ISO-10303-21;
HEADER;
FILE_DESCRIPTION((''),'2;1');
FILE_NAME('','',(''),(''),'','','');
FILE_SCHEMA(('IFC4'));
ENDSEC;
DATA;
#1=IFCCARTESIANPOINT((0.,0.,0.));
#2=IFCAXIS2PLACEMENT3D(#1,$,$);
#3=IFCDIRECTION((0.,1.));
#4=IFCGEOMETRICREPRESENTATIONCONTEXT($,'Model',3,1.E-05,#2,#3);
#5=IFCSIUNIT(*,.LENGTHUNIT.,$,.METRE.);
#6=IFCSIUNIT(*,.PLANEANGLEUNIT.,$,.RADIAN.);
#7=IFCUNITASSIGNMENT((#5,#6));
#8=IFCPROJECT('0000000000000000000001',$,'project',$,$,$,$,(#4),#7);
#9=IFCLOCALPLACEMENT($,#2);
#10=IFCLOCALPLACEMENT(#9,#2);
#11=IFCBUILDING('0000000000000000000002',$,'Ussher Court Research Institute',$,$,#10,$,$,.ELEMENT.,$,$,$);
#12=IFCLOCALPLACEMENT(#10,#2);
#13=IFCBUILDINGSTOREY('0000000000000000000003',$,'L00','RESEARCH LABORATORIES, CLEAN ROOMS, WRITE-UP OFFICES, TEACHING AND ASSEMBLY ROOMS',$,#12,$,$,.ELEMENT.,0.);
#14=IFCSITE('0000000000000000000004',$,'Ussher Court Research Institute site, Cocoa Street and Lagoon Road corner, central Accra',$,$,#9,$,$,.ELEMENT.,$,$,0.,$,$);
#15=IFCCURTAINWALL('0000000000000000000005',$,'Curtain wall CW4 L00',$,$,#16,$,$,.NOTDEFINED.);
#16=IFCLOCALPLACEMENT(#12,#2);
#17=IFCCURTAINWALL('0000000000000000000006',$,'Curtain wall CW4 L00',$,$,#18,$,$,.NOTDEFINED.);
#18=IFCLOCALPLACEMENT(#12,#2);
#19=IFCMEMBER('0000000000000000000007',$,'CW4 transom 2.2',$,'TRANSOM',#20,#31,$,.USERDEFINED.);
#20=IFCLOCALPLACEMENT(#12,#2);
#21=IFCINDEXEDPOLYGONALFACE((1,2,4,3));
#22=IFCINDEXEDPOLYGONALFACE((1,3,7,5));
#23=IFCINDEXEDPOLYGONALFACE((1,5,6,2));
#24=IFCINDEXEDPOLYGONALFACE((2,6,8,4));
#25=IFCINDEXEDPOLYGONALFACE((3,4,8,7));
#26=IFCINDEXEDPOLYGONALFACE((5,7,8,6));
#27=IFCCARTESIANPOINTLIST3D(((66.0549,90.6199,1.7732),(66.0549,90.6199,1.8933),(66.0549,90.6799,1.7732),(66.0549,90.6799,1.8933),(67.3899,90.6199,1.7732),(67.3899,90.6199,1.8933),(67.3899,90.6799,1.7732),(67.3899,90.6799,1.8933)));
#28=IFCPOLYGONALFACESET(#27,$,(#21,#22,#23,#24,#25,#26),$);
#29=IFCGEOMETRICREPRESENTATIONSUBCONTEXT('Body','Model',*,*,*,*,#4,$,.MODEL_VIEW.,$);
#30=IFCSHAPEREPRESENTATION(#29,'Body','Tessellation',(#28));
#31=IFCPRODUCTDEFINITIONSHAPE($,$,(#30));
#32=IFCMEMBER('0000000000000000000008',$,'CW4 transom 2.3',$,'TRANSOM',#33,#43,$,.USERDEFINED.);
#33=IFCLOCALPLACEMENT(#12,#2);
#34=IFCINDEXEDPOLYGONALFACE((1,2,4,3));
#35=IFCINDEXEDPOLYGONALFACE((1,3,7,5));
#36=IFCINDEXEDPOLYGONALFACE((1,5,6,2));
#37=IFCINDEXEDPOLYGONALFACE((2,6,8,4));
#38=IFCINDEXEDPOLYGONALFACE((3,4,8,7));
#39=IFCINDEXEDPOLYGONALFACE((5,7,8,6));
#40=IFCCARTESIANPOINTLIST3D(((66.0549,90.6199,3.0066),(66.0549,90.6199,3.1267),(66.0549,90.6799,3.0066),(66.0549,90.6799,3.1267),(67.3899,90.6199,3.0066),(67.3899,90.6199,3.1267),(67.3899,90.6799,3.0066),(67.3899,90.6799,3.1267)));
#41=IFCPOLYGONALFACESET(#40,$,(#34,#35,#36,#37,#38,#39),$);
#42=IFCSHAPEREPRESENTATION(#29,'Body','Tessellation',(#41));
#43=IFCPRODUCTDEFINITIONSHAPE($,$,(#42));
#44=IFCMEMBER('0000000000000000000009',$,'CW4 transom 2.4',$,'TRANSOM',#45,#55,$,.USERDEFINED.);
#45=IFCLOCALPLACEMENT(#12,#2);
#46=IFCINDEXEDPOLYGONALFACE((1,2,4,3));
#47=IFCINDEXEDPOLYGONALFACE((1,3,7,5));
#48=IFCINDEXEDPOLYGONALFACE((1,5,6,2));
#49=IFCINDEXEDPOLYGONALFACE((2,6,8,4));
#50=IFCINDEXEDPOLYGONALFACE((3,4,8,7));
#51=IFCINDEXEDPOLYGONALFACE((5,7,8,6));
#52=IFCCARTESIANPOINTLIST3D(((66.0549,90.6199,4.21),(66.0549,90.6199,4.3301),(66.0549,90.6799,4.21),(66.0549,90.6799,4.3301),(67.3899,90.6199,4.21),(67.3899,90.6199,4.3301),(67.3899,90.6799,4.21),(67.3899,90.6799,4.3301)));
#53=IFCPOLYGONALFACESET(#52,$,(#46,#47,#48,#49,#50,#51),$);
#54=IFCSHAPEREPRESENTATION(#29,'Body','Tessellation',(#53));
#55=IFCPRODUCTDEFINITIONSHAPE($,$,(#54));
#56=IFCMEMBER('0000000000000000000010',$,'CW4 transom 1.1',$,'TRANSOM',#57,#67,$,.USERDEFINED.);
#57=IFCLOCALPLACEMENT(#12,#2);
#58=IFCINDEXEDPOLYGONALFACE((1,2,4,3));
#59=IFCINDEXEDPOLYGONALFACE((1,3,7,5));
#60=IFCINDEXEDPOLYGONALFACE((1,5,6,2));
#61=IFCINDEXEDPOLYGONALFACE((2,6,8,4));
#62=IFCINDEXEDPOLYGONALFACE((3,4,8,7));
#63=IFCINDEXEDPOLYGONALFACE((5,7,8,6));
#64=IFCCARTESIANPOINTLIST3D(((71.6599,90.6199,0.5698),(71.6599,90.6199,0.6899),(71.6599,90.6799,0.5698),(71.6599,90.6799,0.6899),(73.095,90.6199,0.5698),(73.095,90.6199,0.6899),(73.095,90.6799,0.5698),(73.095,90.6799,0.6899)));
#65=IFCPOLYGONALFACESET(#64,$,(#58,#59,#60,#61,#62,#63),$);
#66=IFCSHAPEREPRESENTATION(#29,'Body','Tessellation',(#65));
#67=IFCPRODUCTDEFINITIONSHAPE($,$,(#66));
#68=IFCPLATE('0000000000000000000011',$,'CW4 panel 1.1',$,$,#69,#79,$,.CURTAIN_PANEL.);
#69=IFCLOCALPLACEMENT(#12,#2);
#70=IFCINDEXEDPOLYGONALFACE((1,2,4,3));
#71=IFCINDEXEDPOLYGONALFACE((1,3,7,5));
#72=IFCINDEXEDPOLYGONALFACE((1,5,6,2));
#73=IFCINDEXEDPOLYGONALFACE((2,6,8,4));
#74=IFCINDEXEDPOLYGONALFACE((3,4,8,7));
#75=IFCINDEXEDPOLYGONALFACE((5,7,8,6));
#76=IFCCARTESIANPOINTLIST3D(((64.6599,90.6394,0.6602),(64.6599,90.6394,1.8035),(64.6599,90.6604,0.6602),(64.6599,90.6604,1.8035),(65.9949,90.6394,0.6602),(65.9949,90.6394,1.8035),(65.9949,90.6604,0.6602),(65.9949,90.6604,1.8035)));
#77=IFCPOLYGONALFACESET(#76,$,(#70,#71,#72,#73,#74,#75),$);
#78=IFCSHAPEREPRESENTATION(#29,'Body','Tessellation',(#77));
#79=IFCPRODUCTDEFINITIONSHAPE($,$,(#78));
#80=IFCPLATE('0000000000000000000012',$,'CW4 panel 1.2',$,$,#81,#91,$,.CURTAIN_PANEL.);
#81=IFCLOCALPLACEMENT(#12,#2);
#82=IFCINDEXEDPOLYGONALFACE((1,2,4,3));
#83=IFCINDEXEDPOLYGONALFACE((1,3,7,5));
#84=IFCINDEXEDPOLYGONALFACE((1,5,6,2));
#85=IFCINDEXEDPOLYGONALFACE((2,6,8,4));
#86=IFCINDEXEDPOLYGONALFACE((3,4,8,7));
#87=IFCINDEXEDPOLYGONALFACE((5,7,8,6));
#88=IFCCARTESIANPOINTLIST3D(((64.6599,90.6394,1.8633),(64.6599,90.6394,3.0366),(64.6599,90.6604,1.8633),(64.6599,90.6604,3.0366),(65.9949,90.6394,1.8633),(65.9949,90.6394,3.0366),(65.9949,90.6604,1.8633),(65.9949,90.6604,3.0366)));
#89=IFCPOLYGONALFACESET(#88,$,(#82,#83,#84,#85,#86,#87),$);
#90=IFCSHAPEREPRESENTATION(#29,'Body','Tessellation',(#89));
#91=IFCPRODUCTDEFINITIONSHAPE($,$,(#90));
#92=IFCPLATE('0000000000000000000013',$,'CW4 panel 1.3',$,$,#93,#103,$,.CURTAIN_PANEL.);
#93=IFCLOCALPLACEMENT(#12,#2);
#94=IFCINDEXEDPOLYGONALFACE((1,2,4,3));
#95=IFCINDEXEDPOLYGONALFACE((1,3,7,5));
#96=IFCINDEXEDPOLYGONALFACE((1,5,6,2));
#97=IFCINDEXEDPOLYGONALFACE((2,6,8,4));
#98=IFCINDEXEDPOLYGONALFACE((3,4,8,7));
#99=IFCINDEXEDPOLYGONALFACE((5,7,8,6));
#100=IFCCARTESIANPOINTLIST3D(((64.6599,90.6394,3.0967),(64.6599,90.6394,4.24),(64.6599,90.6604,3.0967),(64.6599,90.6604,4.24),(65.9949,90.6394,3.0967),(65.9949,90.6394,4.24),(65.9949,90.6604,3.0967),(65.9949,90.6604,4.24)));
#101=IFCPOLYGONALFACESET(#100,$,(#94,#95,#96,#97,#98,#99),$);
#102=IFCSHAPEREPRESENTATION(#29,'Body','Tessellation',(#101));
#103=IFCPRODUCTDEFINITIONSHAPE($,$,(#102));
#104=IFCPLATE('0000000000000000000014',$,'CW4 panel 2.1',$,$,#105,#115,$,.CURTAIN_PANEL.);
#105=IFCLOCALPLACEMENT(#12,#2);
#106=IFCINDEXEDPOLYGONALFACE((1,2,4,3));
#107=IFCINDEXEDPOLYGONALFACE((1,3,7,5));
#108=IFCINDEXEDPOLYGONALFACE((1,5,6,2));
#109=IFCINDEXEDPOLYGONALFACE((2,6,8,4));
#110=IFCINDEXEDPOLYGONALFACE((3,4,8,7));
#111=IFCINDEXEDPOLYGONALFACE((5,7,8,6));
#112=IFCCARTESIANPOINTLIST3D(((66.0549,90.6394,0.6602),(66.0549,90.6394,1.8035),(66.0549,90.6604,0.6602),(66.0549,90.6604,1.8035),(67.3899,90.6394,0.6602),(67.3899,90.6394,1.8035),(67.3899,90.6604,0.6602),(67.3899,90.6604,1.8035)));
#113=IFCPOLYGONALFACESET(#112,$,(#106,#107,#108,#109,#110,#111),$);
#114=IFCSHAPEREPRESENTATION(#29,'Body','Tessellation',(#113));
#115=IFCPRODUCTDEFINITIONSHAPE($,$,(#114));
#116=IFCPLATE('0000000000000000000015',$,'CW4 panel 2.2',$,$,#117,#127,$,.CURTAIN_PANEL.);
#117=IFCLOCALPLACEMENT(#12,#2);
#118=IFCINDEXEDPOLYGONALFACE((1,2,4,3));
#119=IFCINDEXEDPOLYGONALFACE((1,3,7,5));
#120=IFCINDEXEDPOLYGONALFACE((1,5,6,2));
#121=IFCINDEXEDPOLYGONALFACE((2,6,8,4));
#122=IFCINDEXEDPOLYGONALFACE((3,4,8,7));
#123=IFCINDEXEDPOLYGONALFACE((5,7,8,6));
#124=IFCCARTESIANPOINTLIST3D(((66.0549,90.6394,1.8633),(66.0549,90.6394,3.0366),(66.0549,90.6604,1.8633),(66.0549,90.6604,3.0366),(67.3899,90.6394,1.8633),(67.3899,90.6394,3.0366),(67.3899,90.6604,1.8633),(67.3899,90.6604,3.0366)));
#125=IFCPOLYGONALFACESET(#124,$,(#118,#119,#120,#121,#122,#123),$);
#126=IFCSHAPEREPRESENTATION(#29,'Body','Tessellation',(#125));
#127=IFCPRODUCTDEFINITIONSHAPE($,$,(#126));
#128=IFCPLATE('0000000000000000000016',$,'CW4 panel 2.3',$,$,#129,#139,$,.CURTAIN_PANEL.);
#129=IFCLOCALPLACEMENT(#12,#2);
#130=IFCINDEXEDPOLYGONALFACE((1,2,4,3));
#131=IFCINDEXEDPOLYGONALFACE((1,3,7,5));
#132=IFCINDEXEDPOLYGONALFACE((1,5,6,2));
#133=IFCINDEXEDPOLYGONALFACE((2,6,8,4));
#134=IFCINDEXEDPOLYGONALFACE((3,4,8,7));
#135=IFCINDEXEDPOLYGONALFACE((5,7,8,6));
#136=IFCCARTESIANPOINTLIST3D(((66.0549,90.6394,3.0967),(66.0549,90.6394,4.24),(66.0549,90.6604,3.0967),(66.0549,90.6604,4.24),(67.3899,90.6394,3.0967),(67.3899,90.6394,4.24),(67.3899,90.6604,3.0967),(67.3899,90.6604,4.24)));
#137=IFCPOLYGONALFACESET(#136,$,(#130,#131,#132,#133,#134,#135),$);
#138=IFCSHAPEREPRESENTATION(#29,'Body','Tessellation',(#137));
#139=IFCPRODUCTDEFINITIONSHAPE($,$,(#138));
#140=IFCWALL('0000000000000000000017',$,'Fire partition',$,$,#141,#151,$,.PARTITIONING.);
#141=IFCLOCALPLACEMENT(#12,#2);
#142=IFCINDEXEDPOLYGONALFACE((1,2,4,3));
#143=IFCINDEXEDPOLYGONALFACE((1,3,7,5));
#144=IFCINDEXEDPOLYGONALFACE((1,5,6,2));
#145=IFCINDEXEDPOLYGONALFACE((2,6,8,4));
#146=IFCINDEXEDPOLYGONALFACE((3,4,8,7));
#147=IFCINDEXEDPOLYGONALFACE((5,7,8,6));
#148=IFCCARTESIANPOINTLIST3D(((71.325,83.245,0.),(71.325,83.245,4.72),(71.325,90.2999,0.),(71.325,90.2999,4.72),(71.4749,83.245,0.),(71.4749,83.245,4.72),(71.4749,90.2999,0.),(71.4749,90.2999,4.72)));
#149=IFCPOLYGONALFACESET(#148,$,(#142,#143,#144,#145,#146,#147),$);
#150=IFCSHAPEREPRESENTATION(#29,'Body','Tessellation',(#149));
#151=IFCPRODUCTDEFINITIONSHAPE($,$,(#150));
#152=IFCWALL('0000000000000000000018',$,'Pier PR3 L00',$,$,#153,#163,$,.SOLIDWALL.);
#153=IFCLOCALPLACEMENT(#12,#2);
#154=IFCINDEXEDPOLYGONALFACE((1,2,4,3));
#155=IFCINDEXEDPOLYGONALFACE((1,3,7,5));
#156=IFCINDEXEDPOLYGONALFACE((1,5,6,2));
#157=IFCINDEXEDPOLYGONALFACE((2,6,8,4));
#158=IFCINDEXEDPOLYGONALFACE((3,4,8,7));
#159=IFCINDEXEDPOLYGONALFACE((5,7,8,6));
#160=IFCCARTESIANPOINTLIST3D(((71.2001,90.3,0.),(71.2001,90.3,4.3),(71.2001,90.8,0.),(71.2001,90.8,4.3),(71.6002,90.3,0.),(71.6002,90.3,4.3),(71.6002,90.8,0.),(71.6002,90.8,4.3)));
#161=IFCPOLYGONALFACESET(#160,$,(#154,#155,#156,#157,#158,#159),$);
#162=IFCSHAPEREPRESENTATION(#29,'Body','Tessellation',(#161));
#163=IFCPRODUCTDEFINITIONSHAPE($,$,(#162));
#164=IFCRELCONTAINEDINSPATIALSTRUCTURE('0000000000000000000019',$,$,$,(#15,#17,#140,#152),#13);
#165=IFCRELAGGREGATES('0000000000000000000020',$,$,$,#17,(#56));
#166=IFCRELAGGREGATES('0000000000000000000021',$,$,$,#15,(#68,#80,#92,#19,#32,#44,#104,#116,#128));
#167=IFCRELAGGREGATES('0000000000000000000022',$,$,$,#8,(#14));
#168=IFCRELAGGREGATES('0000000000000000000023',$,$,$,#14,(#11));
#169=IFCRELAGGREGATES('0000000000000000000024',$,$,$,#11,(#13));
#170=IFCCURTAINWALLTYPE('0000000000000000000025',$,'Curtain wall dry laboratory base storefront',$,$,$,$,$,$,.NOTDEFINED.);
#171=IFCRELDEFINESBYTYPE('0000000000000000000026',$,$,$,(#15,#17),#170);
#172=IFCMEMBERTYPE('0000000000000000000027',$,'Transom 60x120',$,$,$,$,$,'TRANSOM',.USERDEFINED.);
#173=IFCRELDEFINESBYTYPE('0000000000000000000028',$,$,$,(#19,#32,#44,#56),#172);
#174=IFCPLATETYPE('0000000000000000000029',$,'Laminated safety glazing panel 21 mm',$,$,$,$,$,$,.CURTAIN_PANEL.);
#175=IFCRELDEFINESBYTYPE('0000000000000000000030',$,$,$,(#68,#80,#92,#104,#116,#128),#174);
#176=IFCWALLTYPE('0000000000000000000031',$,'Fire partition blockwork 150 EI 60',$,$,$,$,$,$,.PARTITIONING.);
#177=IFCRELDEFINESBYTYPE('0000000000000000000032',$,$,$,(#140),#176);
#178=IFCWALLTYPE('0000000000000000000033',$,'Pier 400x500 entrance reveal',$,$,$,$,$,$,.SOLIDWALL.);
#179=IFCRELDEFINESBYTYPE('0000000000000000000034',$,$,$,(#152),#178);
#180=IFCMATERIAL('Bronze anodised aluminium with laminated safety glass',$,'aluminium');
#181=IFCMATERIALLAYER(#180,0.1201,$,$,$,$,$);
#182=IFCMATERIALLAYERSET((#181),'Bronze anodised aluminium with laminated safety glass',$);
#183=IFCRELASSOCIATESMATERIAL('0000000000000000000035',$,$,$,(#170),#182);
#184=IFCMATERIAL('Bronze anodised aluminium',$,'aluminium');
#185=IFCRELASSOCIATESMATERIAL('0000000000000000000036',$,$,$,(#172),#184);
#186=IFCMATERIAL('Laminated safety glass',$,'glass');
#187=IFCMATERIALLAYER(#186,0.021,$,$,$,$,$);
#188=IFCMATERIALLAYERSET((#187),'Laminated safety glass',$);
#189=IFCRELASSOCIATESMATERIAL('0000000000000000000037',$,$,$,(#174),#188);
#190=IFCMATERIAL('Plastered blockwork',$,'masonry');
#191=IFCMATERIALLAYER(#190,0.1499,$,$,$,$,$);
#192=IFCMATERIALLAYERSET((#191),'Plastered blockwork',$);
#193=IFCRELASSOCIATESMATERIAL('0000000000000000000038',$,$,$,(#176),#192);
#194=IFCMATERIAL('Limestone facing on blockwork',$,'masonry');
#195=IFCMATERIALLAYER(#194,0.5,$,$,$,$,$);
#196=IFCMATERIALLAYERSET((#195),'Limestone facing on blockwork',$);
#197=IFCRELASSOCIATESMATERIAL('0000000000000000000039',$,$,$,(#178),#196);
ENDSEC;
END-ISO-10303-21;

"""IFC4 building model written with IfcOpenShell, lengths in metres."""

from ifc_helpers import new_model, si_unit, direction, frame, frame_2d, origin, origin_2d, place, context, subcontext, project, spatial, rectangle, extrude, material, layer, layer_set, material_profile, profile_set, type_object, element, aggregate, save


model = new_model("IFC4")

# Units and contexts
model_context = context("Model", 3, precision=1e-05, world=origin(), true_north=direction((0.0, 1.0)))
body_context = subcontext(model_context, "Body", "Model", "MODEL_VIEW")
ifc_project = project(units=[si_unit("LENGTHUNIT", "METRE"), si_unit("PLANEANGLEUNIT", "RADIAN")], contexts=[model_context])

# Site, building, storey
site_placement = place(None, origin())
site = spatial("IfcSite", under=ifc_project, at=site_placement, Name="Ussher Court Research Institute site, Cocoa Street and Lagoon Road corner, central Accra", CompositionType="ELEMENT", RefElevation=0.0)
building_placement = place(site_placement, origin())
building = spatial("IfcBuilding", under=site, at=building_placement, Name="Ussher Court Research Institute", CompositionType="ELEMENT")
storey_placement = place(building_placement, origin())
storey = spatial("IfcBuildingStorey", under=building, at=storey_placement, Name="L00", Description="RESEARCH LABORATORIES, CLEAN ROOMS, WRITE-UP OFFICES, TEACHING AND ASSEMBLY ROOMS", CompositionType="ELEMENT", Elevation=0.0)

# Curtain wall
ifc_material_1 = material(Name="Bronze anodised aluminium with laminated safety glass", Category="aluminium")
ifc_layer_1 = layer(ifc_material_1, 0.1201)
ifc_layer_set_1 = layer_set([ifc_layer_1], Name="Bronze anodised aluminium with laminated safety glass")
curtain_wall_type = type_object("IfcCurtainWallType", Name="Curtain wall dry laboratory base storefront", PredefinedType="NOTDEFINED", material=ifc_layer_set_1)
curtain_wall_1_placement = place(storey_placement, origin())
curtain_wall_1 = element("IfcCurtainWall", 1, at=curtain_wall_1_placement, inside=storey, type_object=curtain_wall_type, Name="Curtain wall CW4 L00", PredefinedType="NOTDEFINED")

# Curtain wall
curtain_wall_2_placement = place(storey_placement, origin())
curtain_wall_2 = element("IfcCurtainWall", 2, at=curtain_wall_2_placement, inside=storey, type_object=curtain_wall_type, Name="Curtain wall CW4 L00", PredefinedType="NOTDEFINED")

# Members
ifc_material_2 = material(Name="Bronze anodised aluminium", Category="aluminium")
ifc_material_profile_1 = material_profile(ifc_material_2, rectangle(XDim=0.0601, YDim=0.1201, at=origin_2d()), Name="Transom 60x120")
ifc_profile_set_1 = profile_set([ifc_material_profile_1], Name="Bronze anodised aluminium")
member_type_1 = type_object("IfcMemberType", Name="Transom 60x120", ElementType="TRANSOM", PredefinedType="USERDEFINED", material=ifc_profile_set_1)
member_1_placement = place(storey_placement, frame((66.0549, 90.6499, 1.8333), z_axis=(1.0, 0.0, 0.0), x_axis=(0.0, 1.0, 0.0)))
member_1 = element("IfcMember", 3, at=member_1_placement, type_object=member_type_1, Name="CW4 transom 2.2", ObjectType="TRANSOM", PredefinedType="USERDEFINED", context=body_context, shape_type="SweptSolid", body=[
    extrude(rectangle(XDim=0.0601, YDim=0.1201, at=origin_2d()), origin(), (0.0, 0.0, 1.0), 1.335),
])
member_2_placement = place(storey_placement, frame((66.0549, 90.6499, 3.0667), z_axis=(1.0, 0.0, 0.0), x_axis=(0.0, 1.0, 0.0)))
member_2 = element("IfcMember", 4, at=member_2_placement, type_object=member_type_1, Name="CW4 transom 2.3", ObjectType="TRANSOM", PredefinedType="USERDEFINED", context=body_context, shape_type="SweptSolid", body=[
    extrude(rectangle(XDim=0.0601, YDim=0.1201, at=origin_2d()), origin(), (0.0, 0.0, 1.0), 1.335),
])
member_3_placement = place(storey_placement, frame((66.0549, 90.6499, 4.27), z_axis=(1.0, 0.0, 0.0), x_axis=(0.0, 1.0, 0.0)))
member_3 = element("IfcMember", 5, at=member_3_placement, type_object=member_type_1, Name="CW4 transom 2.4", ObjectType="TRANSOM", PredefinedType="USERDEFINED", context=body_context, shape_type="SweptSolid", body=[
    extrude(rectangle(XDim=0.0601, YDim=0.1201, at=origin_2d()), origin(), (0.0, 0.0, 1.0), 1.335),
])
member_4_placement = place(storey_placement, frame((71.6599, 90.6499, 0.6299), z_axis=(1.0, 0.0, 0.0), x_axis=(0.0, 1.0, 0.0)))
member_4 = element("IfcMember", 6, at=member_4_placement, type_object=member_type_1, Name="CW4 transom 1.1", ObjectType="TRANSOM", PredefinedType="USERDEFINED", context=body_context, shape_type="SweptSolid", body=[
    extrude(rectangle(XDim=0.0601, YDim=0.1201, at=origin_2d()), origin(), (0.0, 0.0, 1.0), 1.4351),
])
aggregate(curtain_wall_2, [member_4])

# Plates
ifc_material_3 = material(Name="Laminated safety glass", Category="glass")
ifc_layer_2 = layer(ifc_material_3, 0.021)
ifc_layer_set_2 = layer_set([ifc_layer_2], Name="Laminated safety glass")
plate_type = type_object("IfcPlateType", Name="Laminated safety glazing panel 21 mm", PredefinedType="CURTAIN_PANEL", material=ifc_layer_set_2)
plate_1_placement = place(storey_placement, frame((65.3274, 90.6499, 0.6602), z_axis=(0.0, 0.0, 1.0), x_axis=(1.0, 0.0, 0.0)))
plate_1 = element("IfcPlate", 7, at=plate_1_placement, type_object=plate_type, Name="CW4 panel 1.1", PredefinedType="CURTAIN_PANEL", context=body_context, shape_type="SweptSolid", body=[
    extrude(rectangle(XDim=1.335, YDim=0.021, at=origin_2d()), origin(), (0.0, 0.0, 1.0), 1.1433),
])
plate_2_placement = place(storey_placement, frame((65.3274, 90.6499, 1.8633), z_axis=(0.0, 0.0, 1.0), x_axis=(1.0, 0.0, 0.0)))
plate_2 = element("IfcPlate", 8, at=plate_2_placement, type_object=plate_type, Name="CW4 panel 1.2", PredefinedType="CURTAIN_PANEL", context=body_context, shape_type="SweptSolid", body=[
    extrude(rectangle(XDim=1.335, YDim=0.021, at=origin_2d()), origin(), (0.0, 0.0, 1.0), 1.1733),
])
plate_3_placement = place(storey_placement, frame((65.3274, 90.6499, 3.0967), z_axis=(0.0, 0.0, 1.0), x_axis=(1.0, 0.0, 0.0)))
plate_3 = element("IfcPlate", 9, at=plate_3_placement, type_object=plate_type, Name="CW4 panel 1.3", PredefinedType="CURTAIN_PANEL", context=body_context, shape_type="SweptSolid", body=[
    extrude(rectangle(XDim=1.335, YDim=0.021, at=origin_2d()), origin(), (0.0, 0.0, 1.0), 1.1433),
])
plate_4_placement = place(storey_placement, frame((66.7224, 90.6499, 0.6602), z_axis=(0.0, 0.0, 1.0), x_axis=(1.0, 0.0, 0.0)))
plate_4 = element("IfcPlate", 10, at=plate_4_placement, type_object=plate_type, Name="CW4 panel 2.1", PredefinedType="CURTAIN_PANEL", context=body_context, shape_type="SweptSolid", body=[
    extrude(rectangle(XDim=1.335, YDim=0.021, at=origin_2d()), origin(), (0.0, 0.0, 1.0), 1.1433),
])
plate_5_placement = place(storey_placement, frame((66.7224, 90.6499, 1.8633), z_axis=(0.0, 0.0, 1.0), x_axis=(1.0, 0.0, 0.0)))
plate_5 = element("IfcPlate", 11, at=plate_5_placement, type_object=plate_type, Name="CW4 panel 2.2", PredefinedType="CURTAIN_PANEL", context=body_context, shape_type="SweptSolid", body=[
    extrude(rectangle(XDim=1.335, YDim=0.021, at=origin_2d()), origin(), (0.0, 0.0, 1.0), 1.1733),
])
plate_6_placement = place(storey_placement, frame((66.7224, 90.6499, 3.0967), z_axis=(0.0, 0.0, 1.0), x_axis=(1.0, 0.0, 0.0)))
plate_6 = element("IfcPlate", 12, at=plate_6_placement, type_object=plate_type, Name="CW4 panel 2.3", PredefinedType="CURTAIN_PANEL", context=body_context, shape_type="SweptSolid", body=[
    extrude(rectangle(XDim=1.335, YDim=0.021, at=origin_2d()), origin(), (0.0, 0.0, 1.0), 1.1433),
])
aggregate(curtain_wall_1, [plate_1, plate_2, plate_3, member_1, member_2, member_3, plate_4, plate_5, plate_6])

# Walls
ifc_material_4 = material(Name="Plastered blockwork", Category="masonry")
ifc_layer_3 = layer(ifc_material_4, 0.1499)
ifc_layer_set_3 = layer_set([ifc_layer_3], Name="Plastered blockwork")
wall_type_1 = type_object("IfcWallType", Name="Fire partition blockwork 150 EI 60", PredefinedType="PARTITIONING", material=ifc_layer_set_3)
wall_1_placement = place(storey_placement, frame((71.3999, 83.2451, 0.0), z_axis=(0.0, 0.0, 1.0), x_axis=(0.0, 1.0, 0.0)))
element("IfcWall", 13, at=wall_1_placement, inside=storey, type_object=wall_type_1, Name="Fire partition", PredefinedType="PARTITIONING", context=body_context, shape_type="SweptSolid", body=[
    extrude(rectangle(XDim=7.0549, YDim=0.1499, at=frame_2d((3.5273, 0.0))), origin(), (0.0, 0.0, 1.0), 4.72),
])
ifc_material_5 = material(Name="Limestone facing on blockwork", Category="masonry")
ifc_layer_4 = layer(ifc_material_5, 0.5)
ifc_layer_set_4 = layer_set([ifc_layer_4], Name="Limestone facing on blockwork")
wall_type_2 = type_object("IfcWallType", Name="Pier 400x500 entrance reveal", PredefinedType="SOLIDWALL", material=ifc_layer_set_4)
wall_2_placement = place(storey_placement, frame((71.2, 90.55, 0.0), z_axis=(0.0, 0.0, 1.0), x_axis=(1.0, 0.0, 0.0)))
element("IfcWall", 14, at=wall_2_placement, inside=storey, type_object=wall_type_2, Name="Pier PR3 L00", PredefinedType="SOLIDWALL", context=body_context, shape_type="SweptSolid", body=[
    extrude(rectangle(XDim=0.4001, YDim=0.5, at=frame_2d((0.2002, 0.0))), origin(), (0.0, 0.0, 1.0), 4.3),
])

save(model, "model.ifc")
